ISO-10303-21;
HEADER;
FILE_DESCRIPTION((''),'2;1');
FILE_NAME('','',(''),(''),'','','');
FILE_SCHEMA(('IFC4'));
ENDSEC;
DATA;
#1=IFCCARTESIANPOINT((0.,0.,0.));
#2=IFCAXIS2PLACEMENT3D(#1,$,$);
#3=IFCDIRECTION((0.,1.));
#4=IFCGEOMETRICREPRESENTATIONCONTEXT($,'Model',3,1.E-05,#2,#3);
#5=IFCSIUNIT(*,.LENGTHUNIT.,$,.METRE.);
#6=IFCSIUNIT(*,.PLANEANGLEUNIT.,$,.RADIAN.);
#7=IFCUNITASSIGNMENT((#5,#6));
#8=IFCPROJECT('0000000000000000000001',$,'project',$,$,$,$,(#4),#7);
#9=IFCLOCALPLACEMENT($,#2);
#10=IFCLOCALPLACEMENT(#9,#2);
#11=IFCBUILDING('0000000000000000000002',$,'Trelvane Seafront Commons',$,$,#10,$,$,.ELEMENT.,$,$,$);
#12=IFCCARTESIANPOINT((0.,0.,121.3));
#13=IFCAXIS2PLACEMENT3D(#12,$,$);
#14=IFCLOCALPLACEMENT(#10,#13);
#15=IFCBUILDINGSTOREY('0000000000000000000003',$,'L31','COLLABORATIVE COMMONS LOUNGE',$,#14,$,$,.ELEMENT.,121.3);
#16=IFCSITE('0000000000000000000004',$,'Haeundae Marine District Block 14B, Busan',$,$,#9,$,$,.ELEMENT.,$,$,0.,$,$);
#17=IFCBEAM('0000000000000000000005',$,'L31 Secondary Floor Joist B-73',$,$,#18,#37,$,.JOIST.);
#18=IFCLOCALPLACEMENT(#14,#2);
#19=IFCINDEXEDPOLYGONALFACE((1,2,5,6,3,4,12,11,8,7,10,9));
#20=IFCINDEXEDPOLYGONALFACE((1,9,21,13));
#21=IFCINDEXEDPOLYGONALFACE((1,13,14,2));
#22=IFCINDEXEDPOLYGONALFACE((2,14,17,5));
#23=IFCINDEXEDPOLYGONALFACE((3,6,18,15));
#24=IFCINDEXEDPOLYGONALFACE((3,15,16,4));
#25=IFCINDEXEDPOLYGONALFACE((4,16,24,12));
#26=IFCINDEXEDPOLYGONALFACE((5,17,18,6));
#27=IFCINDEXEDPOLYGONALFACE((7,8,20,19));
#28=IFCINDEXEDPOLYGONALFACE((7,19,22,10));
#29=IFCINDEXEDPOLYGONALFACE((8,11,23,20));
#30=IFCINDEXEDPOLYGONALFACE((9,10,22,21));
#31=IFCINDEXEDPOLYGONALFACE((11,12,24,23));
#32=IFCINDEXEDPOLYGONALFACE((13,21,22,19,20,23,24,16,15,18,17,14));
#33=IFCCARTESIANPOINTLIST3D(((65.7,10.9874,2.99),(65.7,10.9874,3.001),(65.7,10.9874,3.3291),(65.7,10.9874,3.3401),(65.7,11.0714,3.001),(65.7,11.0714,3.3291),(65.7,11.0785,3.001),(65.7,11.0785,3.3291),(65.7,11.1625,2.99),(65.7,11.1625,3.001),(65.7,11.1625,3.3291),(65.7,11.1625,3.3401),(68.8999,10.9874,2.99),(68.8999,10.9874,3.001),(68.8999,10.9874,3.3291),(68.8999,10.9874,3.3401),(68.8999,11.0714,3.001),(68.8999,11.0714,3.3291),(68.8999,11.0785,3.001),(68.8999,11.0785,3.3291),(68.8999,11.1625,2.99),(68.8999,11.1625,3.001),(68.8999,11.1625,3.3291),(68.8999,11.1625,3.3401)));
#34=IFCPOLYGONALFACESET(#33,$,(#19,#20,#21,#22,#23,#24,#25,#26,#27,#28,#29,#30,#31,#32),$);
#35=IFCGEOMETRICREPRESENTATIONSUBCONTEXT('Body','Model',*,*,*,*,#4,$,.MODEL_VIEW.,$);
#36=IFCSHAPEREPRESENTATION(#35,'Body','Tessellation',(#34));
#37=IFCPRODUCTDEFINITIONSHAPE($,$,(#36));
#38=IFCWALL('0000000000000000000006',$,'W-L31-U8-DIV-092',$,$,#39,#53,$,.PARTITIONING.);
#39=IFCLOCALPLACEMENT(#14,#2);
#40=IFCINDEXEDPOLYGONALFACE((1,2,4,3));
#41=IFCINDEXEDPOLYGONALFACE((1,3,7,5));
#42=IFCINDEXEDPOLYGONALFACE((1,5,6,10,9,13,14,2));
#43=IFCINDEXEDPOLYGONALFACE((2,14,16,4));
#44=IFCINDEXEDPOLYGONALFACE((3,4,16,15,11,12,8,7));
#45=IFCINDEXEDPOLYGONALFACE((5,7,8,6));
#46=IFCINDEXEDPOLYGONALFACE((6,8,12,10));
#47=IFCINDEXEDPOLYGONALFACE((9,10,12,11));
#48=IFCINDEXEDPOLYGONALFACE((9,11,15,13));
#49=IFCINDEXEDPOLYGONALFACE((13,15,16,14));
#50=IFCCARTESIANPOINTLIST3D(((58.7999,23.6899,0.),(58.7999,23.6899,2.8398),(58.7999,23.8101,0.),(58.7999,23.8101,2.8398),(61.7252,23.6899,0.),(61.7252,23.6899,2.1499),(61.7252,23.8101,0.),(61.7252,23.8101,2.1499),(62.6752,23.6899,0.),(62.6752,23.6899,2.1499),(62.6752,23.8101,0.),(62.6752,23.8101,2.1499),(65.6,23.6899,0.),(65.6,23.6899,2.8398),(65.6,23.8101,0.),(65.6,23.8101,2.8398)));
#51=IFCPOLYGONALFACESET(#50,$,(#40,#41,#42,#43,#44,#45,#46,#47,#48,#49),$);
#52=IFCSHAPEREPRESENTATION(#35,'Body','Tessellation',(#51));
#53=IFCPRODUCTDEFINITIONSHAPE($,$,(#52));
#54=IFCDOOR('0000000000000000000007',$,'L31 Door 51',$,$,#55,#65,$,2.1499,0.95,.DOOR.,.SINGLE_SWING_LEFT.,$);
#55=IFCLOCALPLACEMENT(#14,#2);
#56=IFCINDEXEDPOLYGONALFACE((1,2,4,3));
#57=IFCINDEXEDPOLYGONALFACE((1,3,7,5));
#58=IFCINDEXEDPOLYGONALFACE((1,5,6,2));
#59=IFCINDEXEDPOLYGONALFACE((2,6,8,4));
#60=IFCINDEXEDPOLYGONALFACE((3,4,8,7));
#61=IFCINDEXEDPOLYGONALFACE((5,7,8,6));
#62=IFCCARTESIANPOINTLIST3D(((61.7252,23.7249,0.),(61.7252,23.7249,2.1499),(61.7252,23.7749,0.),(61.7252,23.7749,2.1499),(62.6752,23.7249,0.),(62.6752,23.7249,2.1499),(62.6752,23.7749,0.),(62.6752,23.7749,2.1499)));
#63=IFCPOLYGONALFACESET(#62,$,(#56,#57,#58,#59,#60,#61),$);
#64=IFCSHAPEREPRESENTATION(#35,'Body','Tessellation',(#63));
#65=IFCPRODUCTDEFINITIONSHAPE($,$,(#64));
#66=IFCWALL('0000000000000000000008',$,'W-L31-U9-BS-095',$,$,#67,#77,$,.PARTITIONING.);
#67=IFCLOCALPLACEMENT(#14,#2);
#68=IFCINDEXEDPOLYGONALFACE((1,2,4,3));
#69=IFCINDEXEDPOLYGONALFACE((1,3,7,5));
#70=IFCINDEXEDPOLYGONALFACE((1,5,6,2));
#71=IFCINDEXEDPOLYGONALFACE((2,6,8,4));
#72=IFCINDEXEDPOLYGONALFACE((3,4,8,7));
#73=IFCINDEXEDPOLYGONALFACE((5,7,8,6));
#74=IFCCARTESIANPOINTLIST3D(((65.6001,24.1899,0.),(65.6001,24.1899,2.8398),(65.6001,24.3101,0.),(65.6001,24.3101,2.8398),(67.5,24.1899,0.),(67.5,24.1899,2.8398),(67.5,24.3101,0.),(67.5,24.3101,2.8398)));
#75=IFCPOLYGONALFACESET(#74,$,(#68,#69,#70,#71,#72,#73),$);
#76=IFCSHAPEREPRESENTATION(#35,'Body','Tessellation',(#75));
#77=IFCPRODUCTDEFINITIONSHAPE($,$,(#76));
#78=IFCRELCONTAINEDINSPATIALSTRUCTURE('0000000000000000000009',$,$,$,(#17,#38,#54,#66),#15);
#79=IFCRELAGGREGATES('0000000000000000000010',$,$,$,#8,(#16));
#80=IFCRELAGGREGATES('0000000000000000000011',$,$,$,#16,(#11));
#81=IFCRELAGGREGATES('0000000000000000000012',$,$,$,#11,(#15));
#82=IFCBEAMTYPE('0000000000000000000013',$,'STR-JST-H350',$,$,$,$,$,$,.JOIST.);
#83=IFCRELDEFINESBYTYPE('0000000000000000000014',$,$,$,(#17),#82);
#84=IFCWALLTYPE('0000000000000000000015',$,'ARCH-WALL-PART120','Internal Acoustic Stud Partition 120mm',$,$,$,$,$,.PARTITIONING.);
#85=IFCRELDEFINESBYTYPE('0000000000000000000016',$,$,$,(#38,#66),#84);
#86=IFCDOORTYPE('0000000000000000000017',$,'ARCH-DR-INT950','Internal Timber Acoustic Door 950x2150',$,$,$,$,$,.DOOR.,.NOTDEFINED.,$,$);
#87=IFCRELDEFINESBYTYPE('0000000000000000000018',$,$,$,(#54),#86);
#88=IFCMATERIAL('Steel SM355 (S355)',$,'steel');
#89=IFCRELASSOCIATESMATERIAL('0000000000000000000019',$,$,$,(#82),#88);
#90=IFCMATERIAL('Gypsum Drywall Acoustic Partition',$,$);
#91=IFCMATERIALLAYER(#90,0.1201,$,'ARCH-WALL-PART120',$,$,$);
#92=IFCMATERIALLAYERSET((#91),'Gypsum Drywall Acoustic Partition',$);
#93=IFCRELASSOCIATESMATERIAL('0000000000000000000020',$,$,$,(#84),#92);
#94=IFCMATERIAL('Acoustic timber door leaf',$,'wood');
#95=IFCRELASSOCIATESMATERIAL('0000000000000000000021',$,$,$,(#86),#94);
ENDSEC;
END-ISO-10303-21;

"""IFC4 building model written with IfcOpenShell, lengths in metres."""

from ifc_helpers import new_model, si_unit, direction, frame, frame_2d, origin, origin_2d, place, context, subcontext, project, spatial, rectangle, i_section, extrude, source, transform, mapped, material, layer, layer_set, material_profile, profile_set, type_object, element, fill, save


model = new_model("IFC4")

# Units and contexts
model_context = context("Model", 3, precision=1e-05, world=origin(), true_north=direction((0.0, 1.0)))
body_context = subcontext(model_context, "Body", "Model", "MODEL_VIEW")
ifc_project = project(units=[si_unit("LENGTHUNIT", "METRE"), si_unit("PLANEANGLEUNIT", "RADIAN")], contexts=[model_context])

# Site, building, storey
site_placement = place(None, origin())
site = spatial("IfcSite", under=ifc_project, at=site_placement, Name="Haeundae Marine District Block 14B, Busan", CompositionType="ELEMENT", RefElevation=0.0)
building_placement = place(site_placement, origin())
building = spatial("IfcBuilding", under=site, at=building_placement, Name="Trelvane Seafront Commons", CompositionType="ELEMENT")
storey_placement = place(building_placement, frame((0.0, 0.0, 121.3)))
storey = spatial("IfcBuildingStorey", under=building, at=storey_placement, Name="L31", Description="COLLABORATIVE COMMONS LOUNGE", CompositionType="ELEMENT", Elevation=121.3)

# Shared definitions
ifc_material_1 = material(Name="Steel SM355 (S355)", Category="steel")

# Beam
ifc_material_profile_1 = material_profile(ifc_material_1, i_section(OverallWidth=0.175, OverallDepth=0.3501, WebThickness=0.0071, FlangeThickness=0.011, at=origin_2d()), Name="H-350x175x7x11")
ifc_profile_set_1 = profile_set([ifc_material_profile_1], Name="Steel SM355 (S355)")
beam_type_1 = type_object("IfcBeamType", Name="STR-JST-H350", PredefinedType="JOIST", material=ifc_profile_set_1)
shared_shape_1 = source(origin(), body_context, "Body", "SweptSolid", [
    extrude(i_section(OverallWidth=0.175, OverallDepth=0.3501, WebThickness=0.0071, FlangeThickness=0.011, at=origin_2d()), origin(), (0.0, 0.0, 1.0), 3.2),
])
beam_1_placement = place(storey_placement, frame((65.7, 11.075, 3.165), z_axis=(1.0, 0.0, 0.0), x_axis=(0.0, 1.0, 0.0)))
element("IfcBeam", 1, at=beam_1_placement, inside=storey, type_object=beam_type_1, Name="L31 Secondary Floor Joist B-73", PredefinedType="JOIST", context=body_context, shape_type="MappedRepresentation", body=[
    mapped(shared_shape_1, transform((0.0, 0.0, 0.0), x_axis=(1.0, 0.0, 0.0), y_axis=(0.0, 1.0, 0.0), z_axis=(0.0, 0.0, 1.0), scale=1.0)),
])

# Wall, opening, door
ifc_material_2 = material(Name="Gypsum Drywall Acoustic Partition")
ifc_layer = layer(ifc_material_2, 0.1201, Name="ARCH-WALL-PART120")
ifc_layer_set = layer_set([ifc_layer], Name="Gypsum Drywall Acoustic Partition")
wall_type = type_object("IfcWallType", Name="ARCH-WALL-PART120", Description="Internal Acoustic Stud Partition 120mm", PredefinedType="PARTITIONING", material=ifc_layer_set)
wall_1_placement = place(storey_placement, frame((58.8, 23.75, 0.0), z_axis=(0.0, 0.0, 1.0), x_axis=(1.0, 0.0, 0.0)))
wall_1 = element("IfcWall", 2, at=wall_1_placement, inside=storey, type_object=wall_type, Name="W-L31-U8-DIV-092", PredefinedType="PARTITIONING", context=body_context, shape_type="SweptSolid", body=[
    extrude(rectangle(XDim=6.8, YDim=0.1201, at=frame_2d((3.3999, 0.0))), origin(), (0.0, 0.0, 1.0), 2.8398),
])
opening_1_placement = place(wall_1_placement, frame((2.925, 0.0, 0.0)))
opening_1 = element("IfcOpeningElement", 3, at=opening_1_placement, cuts=wall_1, PredefinedType="OPENING", context=body_context, shape_type="SweptSolid", body=[
    extrude(rectangle(XDim=0.95, YDim=2.1499, at=frame_2d((0.4751, 1.075))), frame((0.0, 0.0701, 0.0), z_axis=(0.0, -1.0, 0.0), x_axis=(1.0, 0.0, 0.0)), (0.0, 0.0, 1.0), 0.1401),
])
ifc_material_3 = material(Name="Acoustic timber door leaf", Category="wood")
door_type = type_object("IfcDoorType", Name="ARCH-DR-INT950", Description="Internal Timber Acoustic Door 950x2150", OperationType="NOTDEFINED", PredefinedType="DOOR", material=ifc_material_3)
shared_shape_2 = source(origin(), body_context, "Body", "SweptSolid", [
    extrude(rectangle(XDim=0.95, YDim=2.1499, at=frame_2d((0.4751, 1.075))), frame((0.0, 0.0249, 0.0), z_axis=(0.0, -1.0, 0.0), x_axis=(1.0, 0.0, 0.0)), (0.0, 0.0, 1.0), 0.05),
])
door_1_placement = place(opening_1_placement, origin())
door_1 = element("IfcDoor", 4, at=door_1_placement, inside=storey, type_object=door_type, Name="L31 Door 51", OperationType="SINGLE_SWING_LEFT", OverallHeight=2.1499, OverallWidth=0.95, PredefinedType="DOOR", context=body_context, shape_type="MappedRepresentation", body=[
    mapped(shared_shape_2, transform((0.0, 0.0, 0.0), x_axis=(1.0, 0.0, 0.0), y_axis=(0.0, 1.0, 0.0), z_axis=(0.0, 0.0, 1.0), scale=1.0)),
])
fill(opening_1, door_1)

# Wall
wall_2_placement = place(storey_placement, frame((65.6001, 24.25, 0.0), z_axis=(0.0, 0.0, 1.0), x_axis=(1.0, 0.0, 0.0)))
element("IfcWall", 5, at=wall_2_placement, inside=storey, type_object=wall_type, Name="W-L31-U9-BS-095", PredefinedType="PARTITIONING", context=body_context, shape_type="SweptSolid", body=[
    extrude(rectangle(XDim=1.8999, YDim=0.1201, at=frame_2d((0.95, 0.0))), origin(), (0.0, 0.0, 1.0), 2.8398),
])

save(model, "model.ifc")
